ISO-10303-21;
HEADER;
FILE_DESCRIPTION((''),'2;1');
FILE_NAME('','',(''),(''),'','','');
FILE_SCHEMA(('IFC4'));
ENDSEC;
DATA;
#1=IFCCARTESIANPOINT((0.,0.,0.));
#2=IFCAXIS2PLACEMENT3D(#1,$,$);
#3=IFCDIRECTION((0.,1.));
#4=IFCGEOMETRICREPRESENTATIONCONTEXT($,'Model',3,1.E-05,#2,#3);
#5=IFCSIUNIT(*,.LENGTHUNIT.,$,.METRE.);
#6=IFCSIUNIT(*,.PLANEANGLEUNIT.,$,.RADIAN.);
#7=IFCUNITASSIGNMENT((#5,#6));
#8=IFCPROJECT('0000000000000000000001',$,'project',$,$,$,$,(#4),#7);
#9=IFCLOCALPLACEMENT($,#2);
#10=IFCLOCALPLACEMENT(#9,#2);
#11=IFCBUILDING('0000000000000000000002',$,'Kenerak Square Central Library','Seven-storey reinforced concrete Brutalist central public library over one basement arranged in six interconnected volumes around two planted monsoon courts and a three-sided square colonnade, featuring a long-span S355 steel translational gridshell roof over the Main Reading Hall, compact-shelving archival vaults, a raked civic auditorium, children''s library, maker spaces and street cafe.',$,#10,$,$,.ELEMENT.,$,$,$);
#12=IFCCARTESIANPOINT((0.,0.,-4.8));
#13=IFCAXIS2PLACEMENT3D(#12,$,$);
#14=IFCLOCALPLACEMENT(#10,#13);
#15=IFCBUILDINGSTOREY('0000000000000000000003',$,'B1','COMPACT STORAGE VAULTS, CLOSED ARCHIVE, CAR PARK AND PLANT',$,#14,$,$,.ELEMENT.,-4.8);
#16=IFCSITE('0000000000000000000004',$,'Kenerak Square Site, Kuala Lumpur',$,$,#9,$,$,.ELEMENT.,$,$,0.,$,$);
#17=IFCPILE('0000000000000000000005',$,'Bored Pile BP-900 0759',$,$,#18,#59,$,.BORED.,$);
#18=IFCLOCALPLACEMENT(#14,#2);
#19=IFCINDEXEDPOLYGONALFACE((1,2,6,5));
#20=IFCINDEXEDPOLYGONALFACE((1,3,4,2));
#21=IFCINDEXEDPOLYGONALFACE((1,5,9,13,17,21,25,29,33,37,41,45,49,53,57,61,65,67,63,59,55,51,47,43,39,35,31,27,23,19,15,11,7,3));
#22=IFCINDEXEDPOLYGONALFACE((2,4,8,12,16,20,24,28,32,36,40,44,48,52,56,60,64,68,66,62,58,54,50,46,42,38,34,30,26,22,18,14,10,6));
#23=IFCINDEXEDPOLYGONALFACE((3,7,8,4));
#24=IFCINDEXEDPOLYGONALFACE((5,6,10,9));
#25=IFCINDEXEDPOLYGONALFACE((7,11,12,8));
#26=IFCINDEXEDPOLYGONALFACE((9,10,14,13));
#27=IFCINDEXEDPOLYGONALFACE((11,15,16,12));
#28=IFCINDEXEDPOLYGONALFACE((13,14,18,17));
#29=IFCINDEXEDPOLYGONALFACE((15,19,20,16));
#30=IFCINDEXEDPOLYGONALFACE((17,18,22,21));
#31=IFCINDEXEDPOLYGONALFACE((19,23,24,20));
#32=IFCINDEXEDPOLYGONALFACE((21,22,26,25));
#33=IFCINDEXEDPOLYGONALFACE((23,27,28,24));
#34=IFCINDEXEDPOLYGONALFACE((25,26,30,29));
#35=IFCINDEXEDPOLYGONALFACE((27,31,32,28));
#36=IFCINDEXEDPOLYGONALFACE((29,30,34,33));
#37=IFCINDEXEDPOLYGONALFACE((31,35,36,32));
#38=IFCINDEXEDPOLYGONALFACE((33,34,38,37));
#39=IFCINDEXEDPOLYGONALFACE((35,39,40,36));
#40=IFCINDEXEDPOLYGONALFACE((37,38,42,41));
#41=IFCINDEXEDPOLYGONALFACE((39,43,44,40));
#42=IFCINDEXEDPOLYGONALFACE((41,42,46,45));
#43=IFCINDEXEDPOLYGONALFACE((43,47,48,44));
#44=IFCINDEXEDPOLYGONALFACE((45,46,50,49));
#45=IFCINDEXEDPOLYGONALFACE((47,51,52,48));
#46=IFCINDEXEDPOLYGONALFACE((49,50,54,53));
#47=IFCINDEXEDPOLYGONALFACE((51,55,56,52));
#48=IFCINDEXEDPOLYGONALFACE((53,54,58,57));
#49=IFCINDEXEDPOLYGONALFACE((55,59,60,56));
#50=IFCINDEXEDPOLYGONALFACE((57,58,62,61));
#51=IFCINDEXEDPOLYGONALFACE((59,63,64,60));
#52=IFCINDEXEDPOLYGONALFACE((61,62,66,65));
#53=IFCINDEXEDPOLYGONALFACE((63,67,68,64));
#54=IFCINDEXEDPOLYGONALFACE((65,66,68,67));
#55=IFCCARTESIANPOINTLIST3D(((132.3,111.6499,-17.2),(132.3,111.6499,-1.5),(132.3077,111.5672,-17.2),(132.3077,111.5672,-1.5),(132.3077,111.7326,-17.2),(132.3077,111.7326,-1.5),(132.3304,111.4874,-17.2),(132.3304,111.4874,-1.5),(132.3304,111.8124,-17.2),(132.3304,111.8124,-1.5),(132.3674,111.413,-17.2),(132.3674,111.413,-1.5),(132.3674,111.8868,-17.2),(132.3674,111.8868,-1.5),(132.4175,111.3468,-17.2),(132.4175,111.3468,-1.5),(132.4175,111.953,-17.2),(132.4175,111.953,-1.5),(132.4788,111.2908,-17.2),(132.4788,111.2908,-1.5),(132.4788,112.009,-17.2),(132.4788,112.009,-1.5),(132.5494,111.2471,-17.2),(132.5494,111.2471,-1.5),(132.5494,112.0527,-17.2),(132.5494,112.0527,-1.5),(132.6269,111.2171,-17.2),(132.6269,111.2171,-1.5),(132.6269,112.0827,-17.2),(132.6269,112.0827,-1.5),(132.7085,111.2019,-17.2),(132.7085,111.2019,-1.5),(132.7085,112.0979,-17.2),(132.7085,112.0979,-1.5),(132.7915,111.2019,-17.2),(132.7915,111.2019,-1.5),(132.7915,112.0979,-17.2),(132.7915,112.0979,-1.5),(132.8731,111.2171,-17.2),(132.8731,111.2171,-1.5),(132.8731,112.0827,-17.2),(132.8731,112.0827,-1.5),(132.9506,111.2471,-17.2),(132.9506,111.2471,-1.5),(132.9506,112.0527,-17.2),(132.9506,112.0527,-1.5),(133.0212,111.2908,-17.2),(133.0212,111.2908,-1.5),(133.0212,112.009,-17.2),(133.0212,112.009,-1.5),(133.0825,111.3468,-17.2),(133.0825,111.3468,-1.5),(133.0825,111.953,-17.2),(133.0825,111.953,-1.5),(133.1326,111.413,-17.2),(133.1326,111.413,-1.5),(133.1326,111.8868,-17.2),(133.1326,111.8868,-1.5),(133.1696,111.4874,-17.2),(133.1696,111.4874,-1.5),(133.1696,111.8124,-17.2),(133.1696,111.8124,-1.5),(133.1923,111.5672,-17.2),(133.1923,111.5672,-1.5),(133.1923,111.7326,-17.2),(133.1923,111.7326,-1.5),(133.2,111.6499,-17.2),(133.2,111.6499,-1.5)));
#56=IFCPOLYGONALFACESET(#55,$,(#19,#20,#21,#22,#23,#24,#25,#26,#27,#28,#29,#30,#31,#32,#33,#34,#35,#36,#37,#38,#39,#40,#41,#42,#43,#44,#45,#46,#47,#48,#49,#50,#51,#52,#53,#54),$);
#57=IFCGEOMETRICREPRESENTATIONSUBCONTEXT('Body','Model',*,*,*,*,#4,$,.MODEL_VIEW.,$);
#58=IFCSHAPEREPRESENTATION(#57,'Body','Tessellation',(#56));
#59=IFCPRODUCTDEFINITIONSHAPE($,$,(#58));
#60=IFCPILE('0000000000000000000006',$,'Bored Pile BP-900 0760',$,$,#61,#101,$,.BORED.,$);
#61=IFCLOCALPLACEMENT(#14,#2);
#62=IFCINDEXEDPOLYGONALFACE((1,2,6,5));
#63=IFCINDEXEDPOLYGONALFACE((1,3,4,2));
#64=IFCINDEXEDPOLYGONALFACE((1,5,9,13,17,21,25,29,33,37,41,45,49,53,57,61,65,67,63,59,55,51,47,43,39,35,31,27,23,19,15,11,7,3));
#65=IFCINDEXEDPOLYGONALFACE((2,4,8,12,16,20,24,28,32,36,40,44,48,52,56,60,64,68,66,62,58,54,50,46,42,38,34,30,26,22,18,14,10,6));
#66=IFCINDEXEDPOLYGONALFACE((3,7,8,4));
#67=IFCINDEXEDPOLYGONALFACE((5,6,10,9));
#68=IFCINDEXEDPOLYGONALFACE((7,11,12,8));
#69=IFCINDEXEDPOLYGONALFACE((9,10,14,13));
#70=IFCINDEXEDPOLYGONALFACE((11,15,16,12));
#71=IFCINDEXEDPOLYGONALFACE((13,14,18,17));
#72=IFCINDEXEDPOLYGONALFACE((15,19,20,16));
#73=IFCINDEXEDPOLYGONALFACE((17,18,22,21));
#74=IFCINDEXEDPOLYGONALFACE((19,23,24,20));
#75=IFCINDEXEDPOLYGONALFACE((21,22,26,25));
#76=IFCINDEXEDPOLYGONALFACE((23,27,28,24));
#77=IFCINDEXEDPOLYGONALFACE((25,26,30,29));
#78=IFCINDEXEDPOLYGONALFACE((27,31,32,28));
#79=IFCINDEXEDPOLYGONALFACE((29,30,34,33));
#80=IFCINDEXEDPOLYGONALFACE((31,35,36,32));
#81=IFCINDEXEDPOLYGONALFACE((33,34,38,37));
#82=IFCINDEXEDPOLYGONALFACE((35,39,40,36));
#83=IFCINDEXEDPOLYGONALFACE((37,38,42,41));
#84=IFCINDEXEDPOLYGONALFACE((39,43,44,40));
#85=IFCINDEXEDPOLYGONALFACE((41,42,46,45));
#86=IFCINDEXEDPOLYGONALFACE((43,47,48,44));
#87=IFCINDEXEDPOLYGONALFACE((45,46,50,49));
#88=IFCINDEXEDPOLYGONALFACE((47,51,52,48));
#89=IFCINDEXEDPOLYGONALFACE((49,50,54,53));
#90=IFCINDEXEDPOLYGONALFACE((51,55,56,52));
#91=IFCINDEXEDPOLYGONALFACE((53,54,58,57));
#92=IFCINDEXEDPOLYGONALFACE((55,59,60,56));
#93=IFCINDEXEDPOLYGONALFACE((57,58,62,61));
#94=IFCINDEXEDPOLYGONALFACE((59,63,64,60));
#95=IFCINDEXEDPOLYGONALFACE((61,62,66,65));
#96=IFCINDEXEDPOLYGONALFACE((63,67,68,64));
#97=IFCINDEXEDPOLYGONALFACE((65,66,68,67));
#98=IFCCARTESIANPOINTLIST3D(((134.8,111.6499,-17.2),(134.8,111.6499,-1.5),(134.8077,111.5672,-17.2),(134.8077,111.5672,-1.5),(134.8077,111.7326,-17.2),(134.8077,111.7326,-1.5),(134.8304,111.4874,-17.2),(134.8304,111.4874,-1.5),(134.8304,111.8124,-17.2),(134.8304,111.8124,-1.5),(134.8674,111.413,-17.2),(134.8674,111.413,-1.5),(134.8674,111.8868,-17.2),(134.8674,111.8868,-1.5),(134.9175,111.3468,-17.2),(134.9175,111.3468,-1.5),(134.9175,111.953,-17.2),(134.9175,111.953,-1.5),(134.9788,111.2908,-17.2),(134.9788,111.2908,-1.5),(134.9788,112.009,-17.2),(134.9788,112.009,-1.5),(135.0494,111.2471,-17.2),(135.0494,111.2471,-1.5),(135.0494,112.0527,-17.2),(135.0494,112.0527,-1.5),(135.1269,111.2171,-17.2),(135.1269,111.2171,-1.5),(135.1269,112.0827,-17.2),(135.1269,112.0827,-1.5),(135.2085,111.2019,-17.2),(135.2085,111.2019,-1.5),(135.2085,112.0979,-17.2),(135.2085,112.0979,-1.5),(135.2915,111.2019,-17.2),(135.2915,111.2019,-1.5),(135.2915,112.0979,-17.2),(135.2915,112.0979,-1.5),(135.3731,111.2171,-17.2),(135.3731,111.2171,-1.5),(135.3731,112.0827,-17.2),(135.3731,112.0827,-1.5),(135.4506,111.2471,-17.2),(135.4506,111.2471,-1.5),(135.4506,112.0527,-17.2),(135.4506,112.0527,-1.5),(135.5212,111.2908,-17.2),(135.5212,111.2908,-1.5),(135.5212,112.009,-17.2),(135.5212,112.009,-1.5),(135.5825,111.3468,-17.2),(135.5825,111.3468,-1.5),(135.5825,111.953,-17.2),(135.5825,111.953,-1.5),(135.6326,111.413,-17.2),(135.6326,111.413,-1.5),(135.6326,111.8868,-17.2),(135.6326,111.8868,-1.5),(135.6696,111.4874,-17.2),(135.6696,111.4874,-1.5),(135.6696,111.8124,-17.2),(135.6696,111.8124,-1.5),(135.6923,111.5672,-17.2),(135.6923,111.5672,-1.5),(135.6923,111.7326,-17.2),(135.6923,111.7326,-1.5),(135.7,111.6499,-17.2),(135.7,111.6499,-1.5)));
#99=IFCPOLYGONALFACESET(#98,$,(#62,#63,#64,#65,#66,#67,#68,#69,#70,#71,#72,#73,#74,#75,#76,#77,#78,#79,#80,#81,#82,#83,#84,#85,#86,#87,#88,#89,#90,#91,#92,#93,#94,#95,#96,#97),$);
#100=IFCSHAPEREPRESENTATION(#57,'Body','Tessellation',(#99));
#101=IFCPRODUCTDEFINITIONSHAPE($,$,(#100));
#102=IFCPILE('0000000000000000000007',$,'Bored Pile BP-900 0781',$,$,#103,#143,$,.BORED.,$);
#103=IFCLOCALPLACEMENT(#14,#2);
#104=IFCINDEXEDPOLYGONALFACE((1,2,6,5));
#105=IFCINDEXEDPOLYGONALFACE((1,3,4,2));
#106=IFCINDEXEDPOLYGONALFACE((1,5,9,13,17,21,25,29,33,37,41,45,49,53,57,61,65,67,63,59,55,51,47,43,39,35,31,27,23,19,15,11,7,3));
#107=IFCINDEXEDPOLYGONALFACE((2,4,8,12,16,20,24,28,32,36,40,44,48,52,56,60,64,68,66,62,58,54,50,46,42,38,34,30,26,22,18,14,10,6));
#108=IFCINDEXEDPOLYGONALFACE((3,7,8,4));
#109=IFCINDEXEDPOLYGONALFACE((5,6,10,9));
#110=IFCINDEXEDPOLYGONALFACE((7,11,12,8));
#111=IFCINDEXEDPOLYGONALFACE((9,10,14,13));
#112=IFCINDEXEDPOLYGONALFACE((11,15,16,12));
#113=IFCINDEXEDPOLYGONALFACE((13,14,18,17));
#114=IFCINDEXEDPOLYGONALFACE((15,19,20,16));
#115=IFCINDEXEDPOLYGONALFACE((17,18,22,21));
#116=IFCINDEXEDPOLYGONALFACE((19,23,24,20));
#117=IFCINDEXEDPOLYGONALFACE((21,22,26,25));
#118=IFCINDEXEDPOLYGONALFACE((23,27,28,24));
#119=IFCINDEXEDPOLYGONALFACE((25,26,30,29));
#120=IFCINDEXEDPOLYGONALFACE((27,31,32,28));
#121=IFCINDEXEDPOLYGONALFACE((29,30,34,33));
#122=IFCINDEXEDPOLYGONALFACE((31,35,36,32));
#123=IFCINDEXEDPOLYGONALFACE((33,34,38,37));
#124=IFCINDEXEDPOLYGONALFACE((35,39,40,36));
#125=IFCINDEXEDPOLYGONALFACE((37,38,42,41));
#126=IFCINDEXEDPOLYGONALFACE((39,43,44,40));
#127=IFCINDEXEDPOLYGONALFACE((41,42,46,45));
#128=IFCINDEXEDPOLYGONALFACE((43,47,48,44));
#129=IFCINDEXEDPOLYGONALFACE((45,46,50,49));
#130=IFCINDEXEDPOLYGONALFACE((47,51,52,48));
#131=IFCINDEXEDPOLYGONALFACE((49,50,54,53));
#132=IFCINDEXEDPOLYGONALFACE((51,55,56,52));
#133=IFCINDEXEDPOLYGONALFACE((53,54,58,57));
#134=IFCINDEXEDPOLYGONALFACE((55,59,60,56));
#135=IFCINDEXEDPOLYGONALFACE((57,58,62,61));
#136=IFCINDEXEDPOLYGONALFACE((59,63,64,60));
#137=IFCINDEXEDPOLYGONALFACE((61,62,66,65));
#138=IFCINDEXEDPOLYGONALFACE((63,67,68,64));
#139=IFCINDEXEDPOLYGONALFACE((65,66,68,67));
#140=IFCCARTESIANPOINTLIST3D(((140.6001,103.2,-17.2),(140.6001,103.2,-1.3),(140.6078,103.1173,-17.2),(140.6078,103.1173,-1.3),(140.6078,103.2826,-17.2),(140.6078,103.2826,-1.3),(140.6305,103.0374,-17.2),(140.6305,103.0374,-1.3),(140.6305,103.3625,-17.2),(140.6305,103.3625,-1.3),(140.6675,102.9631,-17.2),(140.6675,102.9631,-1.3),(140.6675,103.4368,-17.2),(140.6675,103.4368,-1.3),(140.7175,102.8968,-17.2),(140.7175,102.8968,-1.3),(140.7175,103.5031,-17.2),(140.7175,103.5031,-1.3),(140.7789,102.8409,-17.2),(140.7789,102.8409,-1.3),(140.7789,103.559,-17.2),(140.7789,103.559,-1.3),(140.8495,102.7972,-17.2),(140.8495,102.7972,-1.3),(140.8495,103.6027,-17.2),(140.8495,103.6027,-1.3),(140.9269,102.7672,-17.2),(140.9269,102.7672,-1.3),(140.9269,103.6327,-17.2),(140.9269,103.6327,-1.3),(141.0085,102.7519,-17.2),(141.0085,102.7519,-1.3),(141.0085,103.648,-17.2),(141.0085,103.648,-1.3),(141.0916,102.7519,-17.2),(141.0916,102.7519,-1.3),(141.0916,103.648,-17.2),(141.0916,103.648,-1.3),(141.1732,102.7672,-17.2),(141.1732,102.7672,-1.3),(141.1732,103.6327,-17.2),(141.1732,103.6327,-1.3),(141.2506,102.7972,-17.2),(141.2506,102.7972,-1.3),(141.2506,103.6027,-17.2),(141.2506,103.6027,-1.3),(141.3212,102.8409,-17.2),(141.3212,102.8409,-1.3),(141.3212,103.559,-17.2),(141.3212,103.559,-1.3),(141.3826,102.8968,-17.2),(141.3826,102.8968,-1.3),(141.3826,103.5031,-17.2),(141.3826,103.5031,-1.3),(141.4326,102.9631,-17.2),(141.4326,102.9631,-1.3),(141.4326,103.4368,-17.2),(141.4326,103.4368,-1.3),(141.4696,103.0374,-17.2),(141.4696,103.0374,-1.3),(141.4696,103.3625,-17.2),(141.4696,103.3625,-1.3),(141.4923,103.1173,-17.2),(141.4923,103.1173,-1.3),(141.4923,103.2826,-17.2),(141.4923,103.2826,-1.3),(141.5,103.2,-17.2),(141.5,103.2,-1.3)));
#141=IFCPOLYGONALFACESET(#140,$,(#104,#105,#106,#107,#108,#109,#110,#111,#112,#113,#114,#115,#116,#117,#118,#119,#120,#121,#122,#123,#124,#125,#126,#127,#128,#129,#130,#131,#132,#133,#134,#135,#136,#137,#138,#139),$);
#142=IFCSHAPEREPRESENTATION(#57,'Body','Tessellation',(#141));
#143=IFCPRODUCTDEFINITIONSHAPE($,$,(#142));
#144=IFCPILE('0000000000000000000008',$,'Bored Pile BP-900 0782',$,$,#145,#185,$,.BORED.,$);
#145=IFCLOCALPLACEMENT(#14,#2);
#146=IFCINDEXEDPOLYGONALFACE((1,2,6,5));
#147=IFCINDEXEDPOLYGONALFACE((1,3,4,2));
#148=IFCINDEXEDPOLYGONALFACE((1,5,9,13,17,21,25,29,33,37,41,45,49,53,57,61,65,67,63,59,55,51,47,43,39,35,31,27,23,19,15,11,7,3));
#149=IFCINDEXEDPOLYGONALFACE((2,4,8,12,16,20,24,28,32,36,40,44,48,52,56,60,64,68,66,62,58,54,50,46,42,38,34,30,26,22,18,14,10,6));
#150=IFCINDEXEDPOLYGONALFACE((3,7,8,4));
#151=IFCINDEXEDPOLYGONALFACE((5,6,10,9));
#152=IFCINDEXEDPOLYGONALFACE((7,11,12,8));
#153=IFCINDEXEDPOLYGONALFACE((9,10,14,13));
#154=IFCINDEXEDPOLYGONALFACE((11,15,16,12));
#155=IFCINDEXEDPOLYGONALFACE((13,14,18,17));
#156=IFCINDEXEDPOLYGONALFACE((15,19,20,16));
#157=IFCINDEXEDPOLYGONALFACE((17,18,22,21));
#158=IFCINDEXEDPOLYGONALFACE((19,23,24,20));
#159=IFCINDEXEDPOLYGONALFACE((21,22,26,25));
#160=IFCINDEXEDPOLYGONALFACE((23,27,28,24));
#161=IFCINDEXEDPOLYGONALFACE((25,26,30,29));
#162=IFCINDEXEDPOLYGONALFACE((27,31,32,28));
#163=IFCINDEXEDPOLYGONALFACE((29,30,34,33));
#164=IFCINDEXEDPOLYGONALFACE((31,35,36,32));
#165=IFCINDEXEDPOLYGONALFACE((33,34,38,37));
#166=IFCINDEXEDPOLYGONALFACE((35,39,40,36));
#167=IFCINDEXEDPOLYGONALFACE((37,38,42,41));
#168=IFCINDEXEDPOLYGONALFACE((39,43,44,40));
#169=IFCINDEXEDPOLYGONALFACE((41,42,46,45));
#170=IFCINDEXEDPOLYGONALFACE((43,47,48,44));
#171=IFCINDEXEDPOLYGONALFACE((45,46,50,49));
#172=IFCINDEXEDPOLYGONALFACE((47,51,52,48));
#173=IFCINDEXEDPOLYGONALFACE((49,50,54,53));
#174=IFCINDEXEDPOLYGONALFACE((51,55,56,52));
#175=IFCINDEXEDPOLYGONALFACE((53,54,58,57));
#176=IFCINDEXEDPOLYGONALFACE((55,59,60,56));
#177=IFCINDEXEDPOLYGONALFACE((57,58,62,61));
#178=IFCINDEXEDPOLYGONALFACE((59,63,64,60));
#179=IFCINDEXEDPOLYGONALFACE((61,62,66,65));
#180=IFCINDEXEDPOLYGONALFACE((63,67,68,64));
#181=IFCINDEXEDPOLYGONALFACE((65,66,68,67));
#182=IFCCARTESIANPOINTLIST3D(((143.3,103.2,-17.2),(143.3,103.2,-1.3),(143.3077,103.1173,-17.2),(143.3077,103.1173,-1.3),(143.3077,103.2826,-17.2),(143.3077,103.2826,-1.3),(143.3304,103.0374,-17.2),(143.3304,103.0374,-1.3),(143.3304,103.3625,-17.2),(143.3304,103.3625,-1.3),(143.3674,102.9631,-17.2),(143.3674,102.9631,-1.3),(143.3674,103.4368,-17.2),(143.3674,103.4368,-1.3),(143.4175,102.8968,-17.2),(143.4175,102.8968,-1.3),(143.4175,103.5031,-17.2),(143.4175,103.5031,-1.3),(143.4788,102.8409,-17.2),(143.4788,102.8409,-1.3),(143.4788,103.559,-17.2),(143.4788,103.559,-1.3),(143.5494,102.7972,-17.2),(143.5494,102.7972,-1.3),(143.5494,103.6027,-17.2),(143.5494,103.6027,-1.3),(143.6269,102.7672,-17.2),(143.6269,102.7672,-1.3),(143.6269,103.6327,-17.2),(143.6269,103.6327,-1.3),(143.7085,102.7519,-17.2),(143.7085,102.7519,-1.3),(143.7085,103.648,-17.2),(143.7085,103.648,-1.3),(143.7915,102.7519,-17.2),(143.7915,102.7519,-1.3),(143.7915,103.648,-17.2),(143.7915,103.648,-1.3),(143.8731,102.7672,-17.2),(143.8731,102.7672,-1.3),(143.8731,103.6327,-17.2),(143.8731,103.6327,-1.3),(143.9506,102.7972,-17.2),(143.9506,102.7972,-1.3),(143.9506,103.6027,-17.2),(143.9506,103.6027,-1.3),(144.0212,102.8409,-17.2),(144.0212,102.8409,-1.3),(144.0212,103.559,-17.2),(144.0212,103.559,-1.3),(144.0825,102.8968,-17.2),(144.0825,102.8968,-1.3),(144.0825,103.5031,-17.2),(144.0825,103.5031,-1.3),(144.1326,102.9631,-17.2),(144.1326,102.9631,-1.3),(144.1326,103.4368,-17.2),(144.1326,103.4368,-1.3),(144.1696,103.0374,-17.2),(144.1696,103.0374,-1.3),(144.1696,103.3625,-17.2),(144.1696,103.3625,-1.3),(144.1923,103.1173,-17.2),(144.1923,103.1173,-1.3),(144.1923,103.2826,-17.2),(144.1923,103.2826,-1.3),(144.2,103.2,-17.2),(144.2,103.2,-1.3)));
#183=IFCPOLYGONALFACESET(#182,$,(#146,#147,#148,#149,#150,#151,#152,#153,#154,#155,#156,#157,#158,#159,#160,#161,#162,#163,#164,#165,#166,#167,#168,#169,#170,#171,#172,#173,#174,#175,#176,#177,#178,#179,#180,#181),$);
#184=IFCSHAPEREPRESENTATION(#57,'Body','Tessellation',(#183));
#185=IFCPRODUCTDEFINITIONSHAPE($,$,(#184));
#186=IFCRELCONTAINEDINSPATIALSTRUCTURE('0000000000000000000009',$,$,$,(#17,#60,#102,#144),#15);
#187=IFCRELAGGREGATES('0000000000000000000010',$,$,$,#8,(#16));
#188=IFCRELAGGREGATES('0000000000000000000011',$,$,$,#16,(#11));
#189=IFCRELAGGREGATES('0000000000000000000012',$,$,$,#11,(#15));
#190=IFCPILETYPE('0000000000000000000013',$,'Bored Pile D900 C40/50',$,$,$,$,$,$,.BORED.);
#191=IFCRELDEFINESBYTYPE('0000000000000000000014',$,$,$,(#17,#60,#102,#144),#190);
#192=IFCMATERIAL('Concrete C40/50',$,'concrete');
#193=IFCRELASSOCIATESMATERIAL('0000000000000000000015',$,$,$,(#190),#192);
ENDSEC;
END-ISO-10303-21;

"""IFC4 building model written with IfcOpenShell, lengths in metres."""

from ifc_helpers import new_model, si_unit, direction, frame, origin, origin_2d, place, context, subcontext, project, spatial, circle, extrude, material, material_profile, profile_set, type_object, element, save


model = new_model("IFC4")

# Units and contexts
model_context = context("Model", 3, precision=1e-05, world=origin(), true_north=direction((0.0, 1.0)))
body_context = subcontext(model_context, "Body", "Model", "MODEL_VIEW")
ifc_project = project(units=[si_unit("LENGTHUNIT", "METRE"), si_unit("PLANEANGLEUNIT", "RADIAN")], contexts=[model_context])

# Site, building, storey
site_placement = place(None, origin())
site = spatial("IfcSite", under=ifc_project, at=site_placement, Name="Kenerak Square Site, Kuala Lumpur", CompositionType="ELEMENT", RefElevation=0.0)
building_placement = place(site_placement, origin())
building = spatial("IfcBuilding", under=site, at=building_placement, Name="Kenerak Square Central Library", Description="Seven-storey reinforced concrete Brutalist central public library over one basement arranged in six interconnected volumes around two planted monsoon courts and a three-sided square colonnade, featuring a long-span S355 steel translational gridshell roof over the Main Reading Hall, compact-shelving archival vaults, a raked civic auditorium, children's library, maker spaces and street cafe.", CompositionType="ELEMENT")
storey_placement = place(building_placement, frame((0.0, 0.0, -4.8)))
storey = spatial("IfcBuildingStorey", under=building, at=storey_placement, Name="B1", Description="COMPACT STORAGE VAULTS, CLOSED ARCHIVE, CAR PARK AND PLANT", CompositionType="ELEMENT", Elevation=-4.8)

# Piles
ifc_material_1 = material(Name="Concrete C40/50", Category="concrete")
ifc_material_profile_1 = material_profile(ifc_material_1, circle(Radius=0.45, at=origin_2d()), Name="BP D900")
ifc_profile_set_1 = profile_set([ifc_material_profile_1], Name="Concrete C40/50")
pile_type_1 = type_object("IfcPileType", Name="Bored Pile D900 C40/50", PredefinedType="BORED", material=ifc_profile_set_1)
for number, where, z_axis, x_axis, name in (
    (1, (132.75, 111.6499, -1.5), (0.0, 0.0, -1.0), (1.0, 0.0, 0.0), "Bored Pile BP-900 0759"),
    (2, (135.25, 111.6499, -1.5), (0.0, 0.0, -1.0), (1.0, 0.0, 0.0), "Bored Pile BP-900 0760"),
):
    element("IfcPile", number, at=place(storey_placement, frame(where, z_axis=z_axis, x_axis=x_axis)), inside=storey, type_object=pile_type_1, Name=name, PredefinedType="BORED", context=body_context, shape_type="SweptSolid", body=[
        extrude(circle(Radius=0.45, at=origin_2d()), origin(), (0.0, 0.0, 1.0), 15.7),
    ])
for number, where, z_axis, x_axis, name in (
    (3, (141.05, 103.2, -1.3), (0.0, 0.0, -1.0), (1.0, 0.0, 0.0), "Bored Pile BP-900 0781"),
    (4, (143.75, 103.2, -1.3), (0.0, 0.0, -1.0), (1.0, 0.0, 0.0), "Bored Pile BP-900 0782"),
):
    element("IfcPile", number, at=place(storey_placement, frame(where, z_axis=z_axis, x_axis=x_axis)), inside=storey, type_object=pile_type_1, Name=name, PredefinedType="BORED", context=body_context, shape_type="SweptSolid", body=[
        extrude(circle(Radius=0.45, at=origin_2d()), origin(), (0.0, 0.0, 1.0), 15.8999),
    ])

save(model, "model.ifc")
